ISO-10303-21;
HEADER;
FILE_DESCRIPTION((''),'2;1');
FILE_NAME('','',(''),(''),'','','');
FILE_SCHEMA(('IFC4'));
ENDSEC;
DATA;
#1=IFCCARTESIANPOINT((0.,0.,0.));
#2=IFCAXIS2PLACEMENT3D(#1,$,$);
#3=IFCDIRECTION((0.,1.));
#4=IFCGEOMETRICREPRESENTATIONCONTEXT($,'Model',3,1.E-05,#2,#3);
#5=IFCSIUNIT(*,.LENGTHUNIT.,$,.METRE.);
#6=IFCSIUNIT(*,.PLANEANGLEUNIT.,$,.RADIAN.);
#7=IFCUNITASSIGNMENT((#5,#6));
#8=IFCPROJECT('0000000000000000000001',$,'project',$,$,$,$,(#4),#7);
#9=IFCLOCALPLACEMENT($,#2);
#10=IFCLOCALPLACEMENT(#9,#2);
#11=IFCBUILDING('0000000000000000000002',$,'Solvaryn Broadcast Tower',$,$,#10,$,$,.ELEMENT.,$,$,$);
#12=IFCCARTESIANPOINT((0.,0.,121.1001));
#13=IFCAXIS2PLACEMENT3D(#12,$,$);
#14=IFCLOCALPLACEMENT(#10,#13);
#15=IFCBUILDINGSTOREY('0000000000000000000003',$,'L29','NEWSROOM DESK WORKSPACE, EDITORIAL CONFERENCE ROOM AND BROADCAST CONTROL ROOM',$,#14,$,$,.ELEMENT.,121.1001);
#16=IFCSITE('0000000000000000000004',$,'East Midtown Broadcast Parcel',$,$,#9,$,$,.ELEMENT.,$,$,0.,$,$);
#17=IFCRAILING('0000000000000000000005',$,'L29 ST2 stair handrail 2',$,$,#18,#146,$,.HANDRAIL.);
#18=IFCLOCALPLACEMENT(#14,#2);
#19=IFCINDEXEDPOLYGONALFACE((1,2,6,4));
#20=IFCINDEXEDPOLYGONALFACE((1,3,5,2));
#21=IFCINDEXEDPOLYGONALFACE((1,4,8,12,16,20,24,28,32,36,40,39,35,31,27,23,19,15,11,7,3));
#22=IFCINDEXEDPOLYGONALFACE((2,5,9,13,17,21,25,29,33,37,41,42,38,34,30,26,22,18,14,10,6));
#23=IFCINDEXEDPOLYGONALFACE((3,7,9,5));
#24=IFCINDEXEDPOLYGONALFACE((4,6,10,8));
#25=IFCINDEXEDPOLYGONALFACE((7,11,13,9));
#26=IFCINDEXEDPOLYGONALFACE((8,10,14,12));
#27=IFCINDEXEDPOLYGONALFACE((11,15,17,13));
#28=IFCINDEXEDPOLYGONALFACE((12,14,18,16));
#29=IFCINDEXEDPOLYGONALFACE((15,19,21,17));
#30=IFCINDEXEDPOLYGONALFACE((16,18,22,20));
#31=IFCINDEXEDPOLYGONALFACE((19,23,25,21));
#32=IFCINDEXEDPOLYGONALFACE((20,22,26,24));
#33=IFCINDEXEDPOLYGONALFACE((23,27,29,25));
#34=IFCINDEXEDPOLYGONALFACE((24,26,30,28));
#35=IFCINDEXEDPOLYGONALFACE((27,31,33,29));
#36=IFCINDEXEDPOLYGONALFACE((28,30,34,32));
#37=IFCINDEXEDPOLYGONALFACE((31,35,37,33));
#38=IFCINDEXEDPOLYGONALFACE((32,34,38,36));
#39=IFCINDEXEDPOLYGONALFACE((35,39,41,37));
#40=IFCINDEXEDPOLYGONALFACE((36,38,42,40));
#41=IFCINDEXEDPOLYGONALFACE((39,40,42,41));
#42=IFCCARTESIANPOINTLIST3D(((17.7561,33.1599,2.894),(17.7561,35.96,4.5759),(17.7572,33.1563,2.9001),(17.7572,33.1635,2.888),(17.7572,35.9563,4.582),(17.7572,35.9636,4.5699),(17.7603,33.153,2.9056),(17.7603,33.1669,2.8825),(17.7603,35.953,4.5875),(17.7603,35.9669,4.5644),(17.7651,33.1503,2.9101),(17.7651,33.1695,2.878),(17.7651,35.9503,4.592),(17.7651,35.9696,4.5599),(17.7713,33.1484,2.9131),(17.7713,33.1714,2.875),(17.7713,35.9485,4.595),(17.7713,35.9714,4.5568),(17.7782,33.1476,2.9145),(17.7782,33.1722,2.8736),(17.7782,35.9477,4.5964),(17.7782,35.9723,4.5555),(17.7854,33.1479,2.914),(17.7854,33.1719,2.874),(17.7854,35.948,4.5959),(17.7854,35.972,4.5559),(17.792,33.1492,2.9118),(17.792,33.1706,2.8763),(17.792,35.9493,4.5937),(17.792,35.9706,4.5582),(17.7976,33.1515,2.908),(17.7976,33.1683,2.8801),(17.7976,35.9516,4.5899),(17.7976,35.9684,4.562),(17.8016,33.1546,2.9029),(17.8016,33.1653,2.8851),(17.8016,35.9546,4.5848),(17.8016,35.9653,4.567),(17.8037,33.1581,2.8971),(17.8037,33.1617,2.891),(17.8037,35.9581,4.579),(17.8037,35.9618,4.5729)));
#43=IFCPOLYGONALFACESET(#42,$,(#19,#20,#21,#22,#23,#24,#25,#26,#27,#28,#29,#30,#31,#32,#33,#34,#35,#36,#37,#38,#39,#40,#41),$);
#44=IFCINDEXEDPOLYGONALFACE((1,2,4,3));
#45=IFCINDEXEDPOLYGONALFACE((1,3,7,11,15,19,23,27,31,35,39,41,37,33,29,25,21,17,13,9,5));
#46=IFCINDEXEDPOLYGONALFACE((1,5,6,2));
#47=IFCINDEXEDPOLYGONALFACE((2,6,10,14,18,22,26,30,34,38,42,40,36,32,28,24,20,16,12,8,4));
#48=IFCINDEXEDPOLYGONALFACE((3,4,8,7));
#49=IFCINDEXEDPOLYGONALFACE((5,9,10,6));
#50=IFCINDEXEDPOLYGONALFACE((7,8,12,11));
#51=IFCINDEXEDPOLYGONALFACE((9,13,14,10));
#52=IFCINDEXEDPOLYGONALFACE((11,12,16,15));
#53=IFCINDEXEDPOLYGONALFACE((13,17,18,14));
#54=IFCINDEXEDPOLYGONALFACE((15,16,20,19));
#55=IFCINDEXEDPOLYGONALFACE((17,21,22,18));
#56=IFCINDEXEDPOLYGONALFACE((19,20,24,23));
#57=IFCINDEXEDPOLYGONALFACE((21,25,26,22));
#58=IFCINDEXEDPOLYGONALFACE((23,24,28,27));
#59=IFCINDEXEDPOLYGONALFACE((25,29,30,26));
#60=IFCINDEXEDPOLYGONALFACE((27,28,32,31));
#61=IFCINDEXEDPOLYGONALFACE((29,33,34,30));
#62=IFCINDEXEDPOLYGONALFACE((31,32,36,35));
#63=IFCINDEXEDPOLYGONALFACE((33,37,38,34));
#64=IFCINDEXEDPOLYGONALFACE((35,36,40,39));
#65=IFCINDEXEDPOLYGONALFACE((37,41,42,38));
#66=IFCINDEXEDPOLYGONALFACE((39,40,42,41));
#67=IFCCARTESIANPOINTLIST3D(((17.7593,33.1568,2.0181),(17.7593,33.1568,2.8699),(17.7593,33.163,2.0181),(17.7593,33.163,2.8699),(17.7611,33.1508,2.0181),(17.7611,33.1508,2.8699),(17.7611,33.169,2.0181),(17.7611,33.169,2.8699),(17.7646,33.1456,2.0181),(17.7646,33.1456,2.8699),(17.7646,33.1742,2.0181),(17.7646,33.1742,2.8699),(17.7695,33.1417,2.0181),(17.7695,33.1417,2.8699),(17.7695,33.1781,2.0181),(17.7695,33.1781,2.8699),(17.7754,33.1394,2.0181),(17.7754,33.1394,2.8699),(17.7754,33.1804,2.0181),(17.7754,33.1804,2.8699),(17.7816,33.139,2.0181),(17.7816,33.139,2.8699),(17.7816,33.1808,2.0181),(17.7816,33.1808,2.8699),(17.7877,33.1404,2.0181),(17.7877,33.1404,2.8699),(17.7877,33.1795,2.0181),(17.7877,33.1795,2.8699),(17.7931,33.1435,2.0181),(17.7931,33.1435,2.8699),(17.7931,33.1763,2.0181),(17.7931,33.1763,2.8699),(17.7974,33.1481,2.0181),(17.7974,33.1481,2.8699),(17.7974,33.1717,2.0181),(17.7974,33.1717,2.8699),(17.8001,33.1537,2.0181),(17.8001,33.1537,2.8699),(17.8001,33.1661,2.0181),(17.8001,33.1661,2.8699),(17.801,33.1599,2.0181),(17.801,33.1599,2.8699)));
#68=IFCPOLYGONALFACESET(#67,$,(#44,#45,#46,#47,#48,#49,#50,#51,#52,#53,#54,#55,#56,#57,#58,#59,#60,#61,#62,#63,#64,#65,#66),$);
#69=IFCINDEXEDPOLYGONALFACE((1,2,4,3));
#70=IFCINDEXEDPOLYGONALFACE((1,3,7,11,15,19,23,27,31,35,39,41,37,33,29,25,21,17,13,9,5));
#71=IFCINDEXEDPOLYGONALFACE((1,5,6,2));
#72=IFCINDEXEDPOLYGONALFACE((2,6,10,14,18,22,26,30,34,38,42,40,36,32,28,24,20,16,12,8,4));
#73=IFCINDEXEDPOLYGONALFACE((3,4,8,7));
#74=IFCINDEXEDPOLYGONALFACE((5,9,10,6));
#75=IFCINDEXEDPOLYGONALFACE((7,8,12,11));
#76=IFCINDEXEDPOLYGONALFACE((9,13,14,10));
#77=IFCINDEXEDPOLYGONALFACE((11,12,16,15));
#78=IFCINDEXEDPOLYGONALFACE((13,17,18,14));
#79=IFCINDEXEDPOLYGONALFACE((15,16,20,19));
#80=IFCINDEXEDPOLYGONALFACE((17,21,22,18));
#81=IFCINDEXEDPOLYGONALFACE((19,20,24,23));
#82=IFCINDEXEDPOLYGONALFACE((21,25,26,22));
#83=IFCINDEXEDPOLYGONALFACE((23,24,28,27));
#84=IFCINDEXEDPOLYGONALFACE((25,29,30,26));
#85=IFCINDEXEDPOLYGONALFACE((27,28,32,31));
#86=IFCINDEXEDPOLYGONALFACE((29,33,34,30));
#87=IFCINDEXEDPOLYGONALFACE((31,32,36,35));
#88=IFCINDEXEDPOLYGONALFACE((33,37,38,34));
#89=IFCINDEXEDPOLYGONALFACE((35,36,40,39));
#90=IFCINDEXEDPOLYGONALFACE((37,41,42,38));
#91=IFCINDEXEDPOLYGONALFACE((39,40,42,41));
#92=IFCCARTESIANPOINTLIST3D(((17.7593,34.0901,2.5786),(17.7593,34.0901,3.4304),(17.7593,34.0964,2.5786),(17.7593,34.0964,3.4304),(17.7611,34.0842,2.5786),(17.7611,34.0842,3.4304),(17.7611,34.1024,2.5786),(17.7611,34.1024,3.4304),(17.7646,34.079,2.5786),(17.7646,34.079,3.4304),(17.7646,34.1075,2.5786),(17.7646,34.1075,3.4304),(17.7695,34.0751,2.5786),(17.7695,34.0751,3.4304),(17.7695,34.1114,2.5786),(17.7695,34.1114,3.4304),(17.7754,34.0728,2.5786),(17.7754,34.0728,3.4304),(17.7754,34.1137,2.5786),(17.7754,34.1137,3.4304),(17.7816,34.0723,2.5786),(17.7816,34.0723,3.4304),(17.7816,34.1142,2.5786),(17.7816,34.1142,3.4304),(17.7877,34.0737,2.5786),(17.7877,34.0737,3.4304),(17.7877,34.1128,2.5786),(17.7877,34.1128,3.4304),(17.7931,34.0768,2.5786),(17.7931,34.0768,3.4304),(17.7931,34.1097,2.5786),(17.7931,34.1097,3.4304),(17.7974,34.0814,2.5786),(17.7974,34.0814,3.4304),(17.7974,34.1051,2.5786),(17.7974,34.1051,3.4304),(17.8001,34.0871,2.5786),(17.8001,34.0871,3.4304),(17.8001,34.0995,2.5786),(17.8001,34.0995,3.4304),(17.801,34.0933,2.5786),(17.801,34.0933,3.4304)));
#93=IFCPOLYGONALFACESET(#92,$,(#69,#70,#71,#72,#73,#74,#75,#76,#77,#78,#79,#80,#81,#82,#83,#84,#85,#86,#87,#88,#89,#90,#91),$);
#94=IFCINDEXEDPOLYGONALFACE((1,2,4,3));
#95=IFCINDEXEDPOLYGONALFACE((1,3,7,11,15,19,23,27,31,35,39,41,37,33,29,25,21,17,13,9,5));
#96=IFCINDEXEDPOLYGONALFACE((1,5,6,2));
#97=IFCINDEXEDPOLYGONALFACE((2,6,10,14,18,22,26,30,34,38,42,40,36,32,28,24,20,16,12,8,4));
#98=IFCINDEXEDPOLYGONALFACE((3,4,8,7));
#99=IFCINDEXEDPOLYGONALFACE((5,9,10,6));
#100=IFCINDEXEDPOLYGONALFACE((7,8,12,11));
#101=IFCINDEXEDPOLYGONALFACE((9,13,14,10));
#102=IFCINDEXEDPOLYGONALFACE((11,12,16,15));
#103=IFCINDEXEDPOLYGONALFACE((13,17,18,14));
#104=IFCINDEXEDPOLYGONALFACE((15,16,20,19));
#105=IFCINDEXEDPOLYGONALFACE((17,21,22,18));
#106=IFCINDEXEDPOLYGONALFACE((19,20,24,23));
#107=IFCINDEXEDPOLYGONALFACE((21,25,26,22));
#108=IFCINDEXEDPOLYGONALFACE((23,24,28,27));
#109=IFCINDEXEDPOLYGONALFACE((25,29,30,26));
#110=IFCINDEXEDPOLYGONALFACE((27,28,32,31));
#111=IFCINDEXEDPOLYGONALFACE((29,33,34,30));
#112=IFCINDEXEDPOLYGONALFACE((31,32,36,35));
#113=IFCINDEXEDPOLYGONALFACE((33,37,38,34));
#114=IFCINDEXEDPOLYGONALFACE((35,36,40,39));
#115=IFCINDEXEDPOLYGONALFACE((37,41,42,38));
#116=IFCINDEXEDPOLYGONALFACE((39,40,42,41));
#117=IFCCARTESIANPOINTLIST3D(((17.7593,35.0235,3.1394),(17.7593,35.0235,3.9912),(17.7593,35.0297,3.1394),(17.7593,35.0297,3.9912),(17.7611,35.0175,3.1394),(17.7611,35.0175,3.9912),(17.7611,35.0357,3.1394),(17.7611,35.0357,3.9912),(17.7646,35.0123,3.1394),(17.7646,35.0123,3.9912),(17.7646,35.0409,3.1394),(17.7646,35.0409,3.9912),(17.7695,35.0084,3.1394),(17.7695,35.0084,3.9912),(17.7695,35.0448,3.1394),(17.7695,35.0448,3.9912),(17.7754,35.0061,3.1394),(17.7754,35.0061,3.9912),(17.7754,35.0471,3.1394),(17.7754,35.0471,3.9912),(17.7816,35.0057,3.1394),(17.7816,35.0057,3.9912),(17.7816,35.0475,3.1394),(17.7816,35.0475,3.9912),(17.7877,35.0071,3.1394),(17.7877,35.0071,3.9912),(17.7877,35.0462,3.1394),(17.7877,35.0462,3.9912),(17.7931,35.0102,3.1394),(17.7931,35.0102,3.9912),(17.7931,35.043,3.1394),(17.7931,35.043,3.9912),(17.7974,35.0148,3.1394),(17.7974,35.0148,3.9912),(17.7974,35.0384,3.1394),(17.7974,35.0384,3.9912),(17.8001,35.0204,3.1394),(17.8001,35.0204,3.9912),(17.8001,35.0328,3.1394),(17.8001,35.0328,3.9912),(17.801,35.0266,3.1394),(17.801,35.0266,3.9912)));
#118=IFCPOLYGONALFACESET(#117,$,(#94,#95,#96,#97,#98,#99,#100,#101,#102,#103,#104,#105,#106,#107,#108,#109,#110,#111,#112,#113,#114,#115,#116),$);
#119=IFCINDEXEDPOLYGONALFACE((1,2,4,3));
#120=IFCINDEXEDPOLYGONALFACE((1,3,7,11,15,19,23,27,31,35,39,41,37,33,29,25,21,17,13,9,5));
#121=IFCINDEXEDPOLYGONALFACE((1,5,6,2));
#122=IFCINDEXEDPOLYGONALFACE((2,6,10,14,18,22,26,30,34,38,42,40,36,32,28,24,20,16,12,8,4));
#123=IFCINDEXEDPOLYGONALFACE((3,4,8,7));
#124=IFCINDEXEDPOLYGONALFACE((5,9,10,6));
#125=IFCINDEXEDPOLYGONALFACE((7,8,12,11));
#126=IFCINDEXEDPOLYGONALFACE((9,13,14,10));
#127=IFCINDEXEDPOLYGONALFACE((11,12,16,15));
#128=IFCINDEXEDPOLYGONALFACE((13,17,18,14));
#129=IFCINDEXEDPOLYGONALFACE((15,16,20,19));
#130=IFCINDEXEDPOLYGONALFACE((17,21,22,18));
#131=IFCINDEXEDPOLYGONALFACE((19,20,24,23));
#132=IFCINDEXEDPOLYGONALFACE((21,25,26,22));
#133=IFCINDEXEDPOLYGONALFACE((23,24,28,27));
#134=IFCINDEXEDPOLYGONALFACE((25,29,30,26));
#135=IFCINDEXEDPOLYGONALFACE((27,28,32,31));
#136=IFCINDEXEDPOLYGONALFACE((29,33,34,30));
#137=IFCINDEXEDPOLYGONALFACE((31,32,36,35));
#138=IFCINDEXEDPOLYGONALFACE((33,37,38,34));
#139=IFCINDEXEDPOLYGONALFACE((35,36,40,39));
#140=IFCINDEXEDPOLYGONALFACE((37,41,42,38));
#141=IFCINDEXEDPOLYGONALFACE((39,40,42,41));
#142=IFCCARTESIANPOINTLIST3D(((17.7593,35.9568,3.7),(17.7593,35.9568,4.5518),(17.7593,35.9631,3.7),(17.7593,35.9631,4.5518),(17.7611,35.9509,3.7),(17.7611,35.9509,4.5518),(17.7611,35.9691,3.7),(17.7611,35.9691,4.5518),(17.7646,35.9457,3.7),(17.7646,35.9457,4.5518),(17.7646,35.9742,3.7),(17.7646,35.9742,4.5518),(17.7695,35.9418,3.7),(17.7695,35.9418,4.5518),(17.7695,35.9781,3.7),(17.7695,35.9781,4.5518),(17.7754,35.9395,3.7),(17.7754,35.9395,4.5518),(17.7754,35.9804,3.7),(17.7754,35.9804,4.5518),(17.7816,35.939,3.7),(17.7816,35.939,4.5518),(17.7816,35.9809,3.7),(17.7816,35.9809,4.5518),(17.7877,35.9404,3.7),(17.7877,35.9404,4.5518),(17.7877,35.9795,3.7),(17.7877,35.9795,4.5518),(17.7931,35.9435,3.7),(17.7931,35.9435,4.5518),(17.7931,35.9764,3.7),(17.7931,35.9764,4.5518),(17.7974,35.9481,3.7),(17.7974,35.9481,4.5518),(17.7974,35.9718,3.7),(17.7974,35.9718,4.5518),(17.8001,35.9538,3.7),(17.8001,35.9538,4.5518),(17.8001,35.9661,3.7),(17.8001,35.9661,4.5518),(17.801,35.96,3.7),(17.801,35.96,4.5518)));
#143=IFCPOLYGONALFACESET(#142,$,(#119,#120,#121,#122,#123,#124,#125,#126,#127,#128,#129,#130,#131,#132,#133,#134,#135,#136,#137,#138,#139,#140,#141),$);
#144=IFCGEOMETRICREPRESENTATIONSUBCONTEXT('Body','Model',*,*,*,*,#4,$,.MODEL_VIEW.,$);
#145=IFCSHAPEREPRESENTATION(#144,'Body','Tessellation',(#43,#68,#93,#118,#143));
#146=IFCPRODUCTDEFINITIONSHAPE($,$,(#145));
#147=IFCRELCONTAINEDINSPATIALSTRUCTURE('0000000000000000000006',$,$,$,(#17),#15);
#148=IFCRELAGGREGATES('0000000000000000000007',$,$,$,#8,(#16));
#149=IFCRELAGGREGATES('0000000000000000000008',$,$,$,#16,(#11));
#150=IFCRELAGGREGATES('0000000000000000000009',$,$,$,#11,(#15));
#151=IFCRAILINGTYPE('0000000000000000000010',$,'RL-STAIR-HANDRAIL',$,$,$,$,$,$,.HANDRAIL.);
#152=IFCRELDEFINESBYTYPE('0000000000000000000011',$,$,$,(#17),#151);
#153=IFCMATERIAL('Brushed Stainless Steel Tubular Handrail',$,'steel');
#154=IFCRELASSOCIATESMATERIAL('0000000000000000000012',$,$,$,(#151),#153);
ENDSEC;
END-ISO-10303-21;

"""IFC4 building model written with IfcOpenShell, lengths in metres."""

from ifc_helpers import new_model, si_unit, direction, frame, origin, origin_2d, place, context, subcontext, project, spatial, circle, extrude, material, type_object, element, save


model = new_model("IFC4")

# Units and contexts
model_context = context("Model", 3, precision=1e-05, world=origin(), true_north=direction((0.0, 1.0)))
body_context = subcontext(model_context, "Body", "Model", "MODEL_VIEW")
ifc_project = project(units=[si_unit("LENGTHUNIT", "METRE"), si_unit("PLANEANGLEUNIT", "RADIAN")], contexts=[model_context])

# Site, building, storey
site_placement = place(None, origin())
site = spatial("IfcSite", under=ifc_project, at=site_placement, Name="East Midtown Broadcast Parcel", CompositionType="ELEMENT", RefElevation=0.0)
building_placement = place(site_placement, origin())
building = spatial("IfcBuilding", under=site, at=building_placement, Name="Solvaryn Broadcast Tower", CompositionType="ELEMENT")
storey_placement = place(building_placement, frame((0.0, 0.0, 121.1001)))
storey = spatial("IfcBuildingStorey", under=building, at=storey_placement, Name="L29", Description="NEWSROOM DESK WORKSPACE, EDITORIAL CONFERENCE ROOM AND BROADCAST CONTROL ROOM", CompositionType="ELEMENT", Elevation=121.1001)

# Railing
ifc_material_1 = material(Name="Brushed Stainless Steel Tubular Handrail", Category="steel")
railing_type_1 = type_object("IfcRailingType", Name="RL-STAIR-HANDRAIL", PredefinedType="HANDRAIL", material=ifc_material_1)
railing_1_placement = place(storey_placement, frame((17.78, 33.1599, 2.0181)))
element("IfcRailing", 1, at=railing_1_placement, inside=storey, type_object=railing_type_1, Name="L29 ST2 stair handrail 2", PredefinedType="HANDRAIL", context=body_context, shape_type="SweptSolid", body=[
    extrude(circle(Radius=0.0239, at=origin_2d()), frame((0.0, 0.0, 0.876), z_axis=(0.0, 0.857242, 0.514913), x_axis=(-1.0, 0.0, 0.0)), (0.0, 0.0, 1.0), 3.2664),
    extrude(circle(Radius=0.021, at=origin_2d()), origin(), (0.0, 0.0, 1.0), 0.8518),
    extrude(circle(Radius=0.021, at=origin_2d()), frame((0.0, 0.9333, 0.5605)), (0.0, 0.0, 1.0), 0.8518),
    extrude(circle(Radius=0.021, at=origin_2d()), frame((0.0, 1.8667, 1.1213)), (0.0, 0.0, 1.0), 0.8518),
    extrude(circle(Radius=0.021, at=origin_2d()), frame((0.0, 2.8, 1.6819)), (0.0, 0.0, 1.0), 0.8518),
])

save(model, "model.ifc")
